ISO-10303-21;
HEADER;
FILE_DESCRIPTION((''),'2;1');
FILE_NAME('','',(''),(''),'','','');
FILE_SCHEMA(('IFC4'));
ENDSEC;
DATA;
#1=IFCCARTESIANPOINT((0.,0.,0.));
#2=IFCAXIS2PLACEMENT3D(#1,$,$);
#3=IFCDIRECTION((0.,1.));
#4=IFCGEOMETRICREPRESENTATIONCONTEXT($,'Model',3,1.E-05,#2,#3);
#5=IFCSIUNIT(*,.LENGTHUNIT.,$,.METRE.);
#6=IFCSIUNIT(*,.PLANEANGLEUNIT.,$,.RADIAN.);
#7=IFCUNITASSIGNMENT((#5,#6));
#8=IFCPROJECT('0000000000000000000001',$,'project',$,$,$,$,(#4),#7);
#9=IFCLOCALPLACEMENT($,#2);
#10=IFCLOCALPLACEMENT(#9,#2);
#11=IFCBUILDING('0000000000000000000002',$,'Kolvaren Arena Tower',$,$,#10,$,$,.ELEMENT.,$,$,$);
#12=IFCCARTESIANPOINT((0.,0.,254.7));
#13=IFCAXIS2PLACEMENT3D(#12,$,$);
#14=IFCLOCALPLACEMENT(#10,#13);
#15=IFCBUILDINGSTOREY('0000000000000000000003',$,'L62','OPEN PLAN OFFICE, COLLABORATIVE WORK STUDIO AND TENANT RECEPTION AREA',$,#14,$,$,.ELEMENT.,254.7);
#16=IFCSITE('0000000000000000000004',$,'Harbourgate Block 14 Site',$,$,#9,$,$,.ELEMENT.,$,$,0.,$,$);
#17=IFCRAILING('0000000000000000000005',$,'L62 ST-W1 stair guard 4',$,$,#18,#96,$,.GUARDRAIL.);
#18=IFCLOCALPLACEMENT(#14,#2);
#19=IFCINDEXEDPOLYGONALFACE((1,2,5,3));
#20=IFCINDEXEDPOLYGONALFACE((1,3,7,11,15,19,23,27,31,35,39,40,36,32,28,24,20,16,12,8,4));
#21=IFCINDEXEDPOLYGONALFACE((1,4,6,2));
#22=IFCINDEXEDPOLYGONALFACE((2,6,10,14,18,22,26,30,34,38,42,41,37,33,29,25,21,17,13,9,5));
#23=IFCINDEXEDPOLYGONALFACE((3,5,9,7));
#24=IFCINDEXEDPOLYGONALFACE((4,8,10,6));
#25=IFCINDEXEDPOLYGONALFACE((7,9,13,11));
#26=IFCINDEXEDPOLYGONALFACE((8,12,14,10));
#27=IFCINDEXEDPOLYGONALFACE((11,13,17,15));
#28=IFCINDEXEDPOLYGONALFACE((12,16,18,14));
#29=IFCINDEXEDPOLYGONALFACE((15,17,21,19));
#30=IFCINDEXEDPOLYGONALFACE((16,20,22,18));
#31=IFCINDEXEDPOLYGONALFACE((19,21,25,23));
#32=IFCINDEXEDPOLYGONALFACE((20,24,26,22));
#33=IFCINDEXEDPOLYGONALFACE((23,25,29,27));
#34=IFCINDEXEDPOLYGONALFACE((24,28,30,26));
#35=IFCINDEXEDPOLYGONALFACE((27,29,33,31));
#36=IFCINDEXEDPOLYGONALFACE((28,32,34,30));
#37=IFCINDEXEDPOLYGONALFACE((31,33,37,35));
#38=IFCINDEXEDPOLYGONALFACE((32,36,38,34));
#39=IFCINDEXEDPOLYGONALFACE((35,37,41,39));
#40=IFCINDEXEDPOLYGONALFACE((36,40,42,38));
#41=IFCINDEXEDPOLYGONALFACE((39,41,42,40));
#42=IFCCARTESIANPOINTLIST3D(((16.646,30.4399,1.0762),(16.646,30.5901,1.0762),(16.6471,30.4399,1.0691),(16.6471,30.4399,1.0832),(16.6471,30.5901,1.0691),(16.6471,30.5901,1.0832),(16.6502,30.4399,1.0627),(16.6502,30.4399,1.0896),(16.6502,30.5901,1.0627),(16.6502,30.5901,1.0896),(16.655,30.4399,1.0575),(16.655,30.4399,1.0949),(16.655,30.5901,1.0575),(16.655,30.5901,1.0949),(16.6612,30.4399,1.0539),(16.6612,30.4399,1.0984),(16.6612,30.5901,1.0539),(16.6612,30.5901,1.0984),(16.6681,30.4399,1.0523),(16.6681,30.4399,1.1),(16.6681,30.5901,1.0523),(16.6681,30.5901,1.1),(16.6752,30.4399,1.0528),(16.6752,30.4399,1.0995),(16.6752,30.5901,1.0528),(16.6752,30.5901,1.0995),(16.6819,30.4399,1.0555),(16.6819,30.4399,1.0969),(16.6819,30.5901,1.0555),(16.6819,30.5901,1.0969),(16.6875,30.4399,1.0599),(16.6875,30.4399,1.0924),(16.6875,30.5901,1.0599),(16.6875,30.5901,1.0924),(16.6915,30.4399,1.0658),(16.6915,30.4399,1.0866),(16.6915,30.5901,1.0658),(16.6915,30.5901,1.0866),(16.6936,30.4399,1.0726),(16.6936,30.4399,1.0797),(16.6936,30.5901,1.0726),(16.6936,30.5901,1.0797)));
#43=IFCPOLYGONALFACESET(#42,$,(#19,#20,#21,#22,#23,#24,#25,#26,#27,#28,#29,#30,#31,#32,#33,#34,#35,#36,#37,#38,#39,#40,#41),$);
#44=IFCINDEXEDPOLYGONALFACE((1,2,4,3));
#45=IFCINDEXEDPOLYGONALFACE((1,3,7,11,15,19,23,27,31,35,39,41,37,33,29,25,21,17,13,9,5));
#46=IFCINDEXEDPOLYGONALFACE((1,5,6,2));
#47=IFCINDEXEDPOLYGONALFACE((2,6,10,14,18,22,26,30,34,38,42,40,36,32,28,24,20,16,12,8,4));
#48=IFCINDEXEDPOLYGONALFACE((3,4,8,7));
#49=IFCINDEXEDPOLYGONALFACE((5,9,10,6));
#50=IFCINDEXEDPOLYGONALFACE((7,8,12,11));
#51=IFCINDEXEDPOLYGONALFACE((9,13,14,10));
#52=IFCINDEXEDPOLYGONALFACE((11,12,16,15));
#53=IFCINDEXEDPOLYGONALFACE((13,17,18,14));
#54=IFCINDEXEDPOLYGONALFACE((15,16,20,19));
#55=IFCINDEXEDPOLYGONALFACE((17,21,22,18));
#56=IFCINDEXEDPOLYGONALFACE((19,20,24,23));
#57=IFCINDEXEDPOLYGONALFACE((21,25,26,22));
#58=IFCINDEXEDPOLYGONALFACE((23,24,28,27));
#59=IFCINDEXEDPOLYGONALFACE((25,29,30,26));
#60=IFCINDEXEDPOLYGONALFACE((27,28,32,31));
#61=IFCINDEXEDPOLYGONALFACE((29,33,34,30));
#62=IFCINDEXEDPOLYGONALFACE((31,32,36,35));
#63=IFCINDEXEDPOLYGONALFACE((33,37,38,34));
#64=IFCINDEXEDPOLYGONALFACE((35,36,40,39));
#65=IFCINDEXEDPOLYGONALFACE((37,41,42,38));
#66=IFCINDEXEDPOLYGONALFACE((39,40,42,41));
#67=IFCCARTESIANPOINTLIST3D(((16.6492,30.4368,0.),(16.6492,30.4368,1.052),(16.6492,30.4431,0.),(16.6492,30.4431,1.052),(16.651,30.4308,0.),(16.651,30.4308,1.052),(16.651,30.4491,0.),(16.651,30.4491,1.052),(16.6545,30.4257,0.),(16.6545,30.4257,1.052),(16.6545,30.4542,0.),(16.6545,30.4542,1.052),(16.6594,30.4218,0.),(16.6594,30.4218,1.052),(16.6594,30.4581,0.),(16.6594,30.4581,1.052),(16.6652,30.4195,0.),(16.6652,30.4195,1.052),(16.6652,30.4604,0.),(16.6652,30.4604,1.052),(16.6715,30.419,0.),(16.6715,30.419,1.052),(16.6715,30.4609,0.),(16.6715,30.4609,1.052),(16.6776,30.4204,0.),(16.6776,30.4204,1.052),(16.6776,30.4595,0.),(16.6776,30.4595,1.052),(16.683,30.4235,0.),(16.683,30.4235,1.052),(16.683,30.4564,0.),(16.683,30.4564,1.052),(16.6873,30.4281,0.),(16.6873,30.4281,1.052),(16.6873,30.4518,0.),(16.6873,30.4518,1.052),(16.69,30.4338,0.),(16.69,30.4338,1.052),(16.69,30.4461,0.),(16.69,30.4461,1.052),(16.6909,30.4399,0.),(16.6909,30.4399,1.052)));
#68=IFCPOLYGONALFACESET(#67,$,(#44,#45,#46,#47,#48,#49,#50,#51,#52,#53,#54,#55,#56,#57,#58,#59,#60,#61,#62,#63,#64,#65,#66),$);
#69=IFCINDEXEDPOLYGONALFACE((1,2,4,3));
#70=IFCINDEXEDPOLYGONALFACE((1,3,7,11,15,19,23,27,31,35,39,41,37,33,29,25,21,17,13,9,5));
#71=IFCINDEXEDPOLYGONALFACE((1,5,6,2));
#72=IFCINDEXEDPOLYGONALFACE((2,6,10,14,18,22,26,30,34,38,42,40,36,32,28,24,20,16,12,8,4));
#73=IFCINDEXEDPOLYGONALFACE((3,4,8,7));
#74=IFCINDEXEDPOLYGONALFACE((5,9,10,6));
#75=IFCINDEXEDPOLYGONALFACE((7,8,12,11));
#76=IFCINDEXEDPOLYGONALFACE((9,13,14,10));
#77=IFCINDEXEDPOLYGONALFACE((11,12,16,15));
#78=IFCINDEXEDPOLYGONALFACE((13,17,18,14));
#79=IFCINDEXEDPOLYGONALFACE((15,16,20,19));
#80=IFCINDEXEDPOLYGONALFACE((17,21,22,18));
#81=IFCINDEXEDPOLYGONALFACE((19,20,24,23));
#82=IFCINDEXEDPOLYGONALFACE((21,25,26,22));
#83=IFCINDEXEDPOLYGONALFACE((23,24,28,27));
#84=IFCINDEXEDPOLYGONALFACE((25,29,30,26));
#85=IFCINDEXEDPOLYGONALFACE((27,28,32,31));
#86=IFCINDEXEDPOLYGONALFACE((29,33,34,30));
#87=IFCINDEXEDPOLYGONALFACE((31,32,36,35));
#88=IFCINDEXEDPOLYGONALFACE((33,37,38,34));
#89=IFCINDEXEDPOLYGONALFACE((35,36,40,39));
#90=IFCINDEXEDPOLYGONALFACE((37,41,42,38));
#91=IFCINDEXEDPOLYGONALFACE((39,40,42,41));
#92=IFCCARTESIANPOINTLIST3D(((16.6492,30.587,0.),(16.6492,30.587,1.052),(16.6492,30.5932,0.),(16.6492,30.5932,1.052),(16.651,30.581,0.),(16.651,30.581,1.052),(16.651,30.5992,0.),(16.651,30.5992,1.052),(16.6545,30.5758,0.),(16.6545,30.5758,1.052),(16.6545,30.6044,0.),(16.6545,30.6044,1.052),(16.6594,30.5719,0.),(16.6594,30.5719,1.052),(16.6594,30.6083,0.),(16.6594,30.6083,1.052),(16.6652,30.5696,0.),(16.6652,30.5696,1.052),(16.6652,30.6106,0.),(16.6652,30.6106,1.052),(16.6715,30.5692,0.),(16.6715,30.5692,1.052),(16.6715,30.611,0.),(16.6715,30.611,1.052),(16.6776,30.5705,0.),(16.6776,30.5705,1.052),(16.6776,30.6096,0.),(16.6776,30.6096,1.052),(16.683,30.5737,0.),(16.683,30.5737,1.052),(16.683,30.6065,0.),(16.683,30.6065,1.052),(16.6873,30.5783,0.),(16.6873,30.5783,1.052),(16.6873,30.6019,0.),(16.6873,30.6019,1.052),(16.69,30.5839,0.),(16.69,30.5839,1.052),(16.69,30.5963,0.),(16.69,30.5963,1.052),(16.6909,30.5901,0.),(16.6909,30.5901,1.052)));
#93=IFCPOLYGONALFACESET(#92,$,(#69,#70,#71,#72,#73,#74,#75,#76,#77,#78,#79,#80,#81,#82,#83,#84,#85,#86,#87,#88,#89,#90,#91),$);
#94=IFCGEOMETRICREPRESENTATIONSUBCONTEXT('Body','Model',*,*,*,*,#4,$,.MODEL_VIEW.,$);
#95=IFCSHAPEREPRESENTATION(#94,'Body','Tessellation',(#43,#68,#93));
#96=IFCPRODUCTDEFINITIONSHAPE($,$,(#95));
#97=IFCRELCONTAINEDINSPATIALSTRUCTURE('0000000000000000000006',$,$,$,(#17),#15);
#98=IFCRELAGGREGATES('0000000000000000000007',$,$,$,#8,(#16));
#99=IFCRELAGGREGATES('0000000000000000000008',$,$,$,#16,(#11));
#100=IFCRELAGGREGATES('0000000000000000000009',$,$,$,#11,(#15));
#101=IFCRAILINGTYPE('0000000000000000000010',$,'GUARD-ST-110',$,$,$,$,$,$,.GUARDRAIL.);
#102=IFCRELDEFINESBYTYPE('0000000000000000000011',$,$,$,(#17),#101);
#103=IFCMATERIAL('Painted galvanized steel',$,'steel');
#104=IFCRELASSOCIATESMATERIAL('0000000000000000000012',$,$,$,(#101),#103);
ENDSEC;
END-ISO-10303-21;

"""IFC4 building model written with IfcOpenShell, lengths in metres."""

from ifc_helpers import new_model, si_unit, direction, frame, origin, origin_2d, place, context, subcontext, project, spatial, circle, extrude, material, type_object, element, save


model = new_model("IFC4")

# Units and contexts
model_context = context("Model", 3, precision=1e-05, world=origin(), true_north=direction((0.0, 1.0)))
body_context = subcontext(model_context, "Body", "Model", "MODEL_VIEW")
ifc_project = project(units=[si_unit("LENGTHUNIT", "METRE"), si_unit("PLANEANGLEUNIT", "RADIAN")], contexts=[model_context])

# Site, building, storey
site_placement = place(None, origin())
site = spatial("IfcSite", under=ifc_project, at=site_placement, Name="Harbourgate Block 14 Site", CompositionType="ELEMENT", RefElevation=0.0)
building_placement = place(site_placement, origin())
building = spatial("IfcBuilding", under=site, at=building_placement, Name="Kolvaren Arena Tower", CompositionType="ELEMENT")
storey_placement = place(building_placement, frame((0.0, 0.0, 254.7)))
storey = spatial("IfcBuildingStorey", under=building, at=storey_placement, Name="L62", Description="OPEN PLAN OFFICE, COLLABORATIVE WORK STUDIO AND TENANT RECEPTION AREA", CompositionType="ELEMENT", Elevation=254.7)

# Railing
ifc_material_1 = material(Name="Painted galvanized steel", Category="steel")
railing_type_1 = type_object("IfcRailingType", Name="GUARD-ST-110", PredefinedType="GUARDRAIL", material=ifc_material_1)
railing_1_placement = place(storey_placement, frame((16.6699, 30.4399, 0.0)))
element("IfcRailing", 1, at=railing_1_placement, inside=storey, type_object=railing_type_1, Name="L62 ST-W1 stair guard 4", PredefinedType="GUARDRAIL", context=body_context, shape_type="SweptSolid", body=[
    extrude(circle(Radius=0.0239, at=origin_2d()), frame((0.0, 0.0, 1.0762), z_axis=(0.0, 1.0, 0.0), x_axis=(-1.0, 0.0, 0.0)), (0.0, 0.0, 1.0), 0.1501),
    extrude(circle(Radius=0.021, at=origin_2d()), origin(), (0.0, 0.0, 1.0), 1.052),
    extrude(circle(Radius=0.021, at=origin_2d()), frame((0.0, 0.1501, 0.0)), (0.0, 0.0, 1.0), 1.052),
])

save(model, "model.ifc")
